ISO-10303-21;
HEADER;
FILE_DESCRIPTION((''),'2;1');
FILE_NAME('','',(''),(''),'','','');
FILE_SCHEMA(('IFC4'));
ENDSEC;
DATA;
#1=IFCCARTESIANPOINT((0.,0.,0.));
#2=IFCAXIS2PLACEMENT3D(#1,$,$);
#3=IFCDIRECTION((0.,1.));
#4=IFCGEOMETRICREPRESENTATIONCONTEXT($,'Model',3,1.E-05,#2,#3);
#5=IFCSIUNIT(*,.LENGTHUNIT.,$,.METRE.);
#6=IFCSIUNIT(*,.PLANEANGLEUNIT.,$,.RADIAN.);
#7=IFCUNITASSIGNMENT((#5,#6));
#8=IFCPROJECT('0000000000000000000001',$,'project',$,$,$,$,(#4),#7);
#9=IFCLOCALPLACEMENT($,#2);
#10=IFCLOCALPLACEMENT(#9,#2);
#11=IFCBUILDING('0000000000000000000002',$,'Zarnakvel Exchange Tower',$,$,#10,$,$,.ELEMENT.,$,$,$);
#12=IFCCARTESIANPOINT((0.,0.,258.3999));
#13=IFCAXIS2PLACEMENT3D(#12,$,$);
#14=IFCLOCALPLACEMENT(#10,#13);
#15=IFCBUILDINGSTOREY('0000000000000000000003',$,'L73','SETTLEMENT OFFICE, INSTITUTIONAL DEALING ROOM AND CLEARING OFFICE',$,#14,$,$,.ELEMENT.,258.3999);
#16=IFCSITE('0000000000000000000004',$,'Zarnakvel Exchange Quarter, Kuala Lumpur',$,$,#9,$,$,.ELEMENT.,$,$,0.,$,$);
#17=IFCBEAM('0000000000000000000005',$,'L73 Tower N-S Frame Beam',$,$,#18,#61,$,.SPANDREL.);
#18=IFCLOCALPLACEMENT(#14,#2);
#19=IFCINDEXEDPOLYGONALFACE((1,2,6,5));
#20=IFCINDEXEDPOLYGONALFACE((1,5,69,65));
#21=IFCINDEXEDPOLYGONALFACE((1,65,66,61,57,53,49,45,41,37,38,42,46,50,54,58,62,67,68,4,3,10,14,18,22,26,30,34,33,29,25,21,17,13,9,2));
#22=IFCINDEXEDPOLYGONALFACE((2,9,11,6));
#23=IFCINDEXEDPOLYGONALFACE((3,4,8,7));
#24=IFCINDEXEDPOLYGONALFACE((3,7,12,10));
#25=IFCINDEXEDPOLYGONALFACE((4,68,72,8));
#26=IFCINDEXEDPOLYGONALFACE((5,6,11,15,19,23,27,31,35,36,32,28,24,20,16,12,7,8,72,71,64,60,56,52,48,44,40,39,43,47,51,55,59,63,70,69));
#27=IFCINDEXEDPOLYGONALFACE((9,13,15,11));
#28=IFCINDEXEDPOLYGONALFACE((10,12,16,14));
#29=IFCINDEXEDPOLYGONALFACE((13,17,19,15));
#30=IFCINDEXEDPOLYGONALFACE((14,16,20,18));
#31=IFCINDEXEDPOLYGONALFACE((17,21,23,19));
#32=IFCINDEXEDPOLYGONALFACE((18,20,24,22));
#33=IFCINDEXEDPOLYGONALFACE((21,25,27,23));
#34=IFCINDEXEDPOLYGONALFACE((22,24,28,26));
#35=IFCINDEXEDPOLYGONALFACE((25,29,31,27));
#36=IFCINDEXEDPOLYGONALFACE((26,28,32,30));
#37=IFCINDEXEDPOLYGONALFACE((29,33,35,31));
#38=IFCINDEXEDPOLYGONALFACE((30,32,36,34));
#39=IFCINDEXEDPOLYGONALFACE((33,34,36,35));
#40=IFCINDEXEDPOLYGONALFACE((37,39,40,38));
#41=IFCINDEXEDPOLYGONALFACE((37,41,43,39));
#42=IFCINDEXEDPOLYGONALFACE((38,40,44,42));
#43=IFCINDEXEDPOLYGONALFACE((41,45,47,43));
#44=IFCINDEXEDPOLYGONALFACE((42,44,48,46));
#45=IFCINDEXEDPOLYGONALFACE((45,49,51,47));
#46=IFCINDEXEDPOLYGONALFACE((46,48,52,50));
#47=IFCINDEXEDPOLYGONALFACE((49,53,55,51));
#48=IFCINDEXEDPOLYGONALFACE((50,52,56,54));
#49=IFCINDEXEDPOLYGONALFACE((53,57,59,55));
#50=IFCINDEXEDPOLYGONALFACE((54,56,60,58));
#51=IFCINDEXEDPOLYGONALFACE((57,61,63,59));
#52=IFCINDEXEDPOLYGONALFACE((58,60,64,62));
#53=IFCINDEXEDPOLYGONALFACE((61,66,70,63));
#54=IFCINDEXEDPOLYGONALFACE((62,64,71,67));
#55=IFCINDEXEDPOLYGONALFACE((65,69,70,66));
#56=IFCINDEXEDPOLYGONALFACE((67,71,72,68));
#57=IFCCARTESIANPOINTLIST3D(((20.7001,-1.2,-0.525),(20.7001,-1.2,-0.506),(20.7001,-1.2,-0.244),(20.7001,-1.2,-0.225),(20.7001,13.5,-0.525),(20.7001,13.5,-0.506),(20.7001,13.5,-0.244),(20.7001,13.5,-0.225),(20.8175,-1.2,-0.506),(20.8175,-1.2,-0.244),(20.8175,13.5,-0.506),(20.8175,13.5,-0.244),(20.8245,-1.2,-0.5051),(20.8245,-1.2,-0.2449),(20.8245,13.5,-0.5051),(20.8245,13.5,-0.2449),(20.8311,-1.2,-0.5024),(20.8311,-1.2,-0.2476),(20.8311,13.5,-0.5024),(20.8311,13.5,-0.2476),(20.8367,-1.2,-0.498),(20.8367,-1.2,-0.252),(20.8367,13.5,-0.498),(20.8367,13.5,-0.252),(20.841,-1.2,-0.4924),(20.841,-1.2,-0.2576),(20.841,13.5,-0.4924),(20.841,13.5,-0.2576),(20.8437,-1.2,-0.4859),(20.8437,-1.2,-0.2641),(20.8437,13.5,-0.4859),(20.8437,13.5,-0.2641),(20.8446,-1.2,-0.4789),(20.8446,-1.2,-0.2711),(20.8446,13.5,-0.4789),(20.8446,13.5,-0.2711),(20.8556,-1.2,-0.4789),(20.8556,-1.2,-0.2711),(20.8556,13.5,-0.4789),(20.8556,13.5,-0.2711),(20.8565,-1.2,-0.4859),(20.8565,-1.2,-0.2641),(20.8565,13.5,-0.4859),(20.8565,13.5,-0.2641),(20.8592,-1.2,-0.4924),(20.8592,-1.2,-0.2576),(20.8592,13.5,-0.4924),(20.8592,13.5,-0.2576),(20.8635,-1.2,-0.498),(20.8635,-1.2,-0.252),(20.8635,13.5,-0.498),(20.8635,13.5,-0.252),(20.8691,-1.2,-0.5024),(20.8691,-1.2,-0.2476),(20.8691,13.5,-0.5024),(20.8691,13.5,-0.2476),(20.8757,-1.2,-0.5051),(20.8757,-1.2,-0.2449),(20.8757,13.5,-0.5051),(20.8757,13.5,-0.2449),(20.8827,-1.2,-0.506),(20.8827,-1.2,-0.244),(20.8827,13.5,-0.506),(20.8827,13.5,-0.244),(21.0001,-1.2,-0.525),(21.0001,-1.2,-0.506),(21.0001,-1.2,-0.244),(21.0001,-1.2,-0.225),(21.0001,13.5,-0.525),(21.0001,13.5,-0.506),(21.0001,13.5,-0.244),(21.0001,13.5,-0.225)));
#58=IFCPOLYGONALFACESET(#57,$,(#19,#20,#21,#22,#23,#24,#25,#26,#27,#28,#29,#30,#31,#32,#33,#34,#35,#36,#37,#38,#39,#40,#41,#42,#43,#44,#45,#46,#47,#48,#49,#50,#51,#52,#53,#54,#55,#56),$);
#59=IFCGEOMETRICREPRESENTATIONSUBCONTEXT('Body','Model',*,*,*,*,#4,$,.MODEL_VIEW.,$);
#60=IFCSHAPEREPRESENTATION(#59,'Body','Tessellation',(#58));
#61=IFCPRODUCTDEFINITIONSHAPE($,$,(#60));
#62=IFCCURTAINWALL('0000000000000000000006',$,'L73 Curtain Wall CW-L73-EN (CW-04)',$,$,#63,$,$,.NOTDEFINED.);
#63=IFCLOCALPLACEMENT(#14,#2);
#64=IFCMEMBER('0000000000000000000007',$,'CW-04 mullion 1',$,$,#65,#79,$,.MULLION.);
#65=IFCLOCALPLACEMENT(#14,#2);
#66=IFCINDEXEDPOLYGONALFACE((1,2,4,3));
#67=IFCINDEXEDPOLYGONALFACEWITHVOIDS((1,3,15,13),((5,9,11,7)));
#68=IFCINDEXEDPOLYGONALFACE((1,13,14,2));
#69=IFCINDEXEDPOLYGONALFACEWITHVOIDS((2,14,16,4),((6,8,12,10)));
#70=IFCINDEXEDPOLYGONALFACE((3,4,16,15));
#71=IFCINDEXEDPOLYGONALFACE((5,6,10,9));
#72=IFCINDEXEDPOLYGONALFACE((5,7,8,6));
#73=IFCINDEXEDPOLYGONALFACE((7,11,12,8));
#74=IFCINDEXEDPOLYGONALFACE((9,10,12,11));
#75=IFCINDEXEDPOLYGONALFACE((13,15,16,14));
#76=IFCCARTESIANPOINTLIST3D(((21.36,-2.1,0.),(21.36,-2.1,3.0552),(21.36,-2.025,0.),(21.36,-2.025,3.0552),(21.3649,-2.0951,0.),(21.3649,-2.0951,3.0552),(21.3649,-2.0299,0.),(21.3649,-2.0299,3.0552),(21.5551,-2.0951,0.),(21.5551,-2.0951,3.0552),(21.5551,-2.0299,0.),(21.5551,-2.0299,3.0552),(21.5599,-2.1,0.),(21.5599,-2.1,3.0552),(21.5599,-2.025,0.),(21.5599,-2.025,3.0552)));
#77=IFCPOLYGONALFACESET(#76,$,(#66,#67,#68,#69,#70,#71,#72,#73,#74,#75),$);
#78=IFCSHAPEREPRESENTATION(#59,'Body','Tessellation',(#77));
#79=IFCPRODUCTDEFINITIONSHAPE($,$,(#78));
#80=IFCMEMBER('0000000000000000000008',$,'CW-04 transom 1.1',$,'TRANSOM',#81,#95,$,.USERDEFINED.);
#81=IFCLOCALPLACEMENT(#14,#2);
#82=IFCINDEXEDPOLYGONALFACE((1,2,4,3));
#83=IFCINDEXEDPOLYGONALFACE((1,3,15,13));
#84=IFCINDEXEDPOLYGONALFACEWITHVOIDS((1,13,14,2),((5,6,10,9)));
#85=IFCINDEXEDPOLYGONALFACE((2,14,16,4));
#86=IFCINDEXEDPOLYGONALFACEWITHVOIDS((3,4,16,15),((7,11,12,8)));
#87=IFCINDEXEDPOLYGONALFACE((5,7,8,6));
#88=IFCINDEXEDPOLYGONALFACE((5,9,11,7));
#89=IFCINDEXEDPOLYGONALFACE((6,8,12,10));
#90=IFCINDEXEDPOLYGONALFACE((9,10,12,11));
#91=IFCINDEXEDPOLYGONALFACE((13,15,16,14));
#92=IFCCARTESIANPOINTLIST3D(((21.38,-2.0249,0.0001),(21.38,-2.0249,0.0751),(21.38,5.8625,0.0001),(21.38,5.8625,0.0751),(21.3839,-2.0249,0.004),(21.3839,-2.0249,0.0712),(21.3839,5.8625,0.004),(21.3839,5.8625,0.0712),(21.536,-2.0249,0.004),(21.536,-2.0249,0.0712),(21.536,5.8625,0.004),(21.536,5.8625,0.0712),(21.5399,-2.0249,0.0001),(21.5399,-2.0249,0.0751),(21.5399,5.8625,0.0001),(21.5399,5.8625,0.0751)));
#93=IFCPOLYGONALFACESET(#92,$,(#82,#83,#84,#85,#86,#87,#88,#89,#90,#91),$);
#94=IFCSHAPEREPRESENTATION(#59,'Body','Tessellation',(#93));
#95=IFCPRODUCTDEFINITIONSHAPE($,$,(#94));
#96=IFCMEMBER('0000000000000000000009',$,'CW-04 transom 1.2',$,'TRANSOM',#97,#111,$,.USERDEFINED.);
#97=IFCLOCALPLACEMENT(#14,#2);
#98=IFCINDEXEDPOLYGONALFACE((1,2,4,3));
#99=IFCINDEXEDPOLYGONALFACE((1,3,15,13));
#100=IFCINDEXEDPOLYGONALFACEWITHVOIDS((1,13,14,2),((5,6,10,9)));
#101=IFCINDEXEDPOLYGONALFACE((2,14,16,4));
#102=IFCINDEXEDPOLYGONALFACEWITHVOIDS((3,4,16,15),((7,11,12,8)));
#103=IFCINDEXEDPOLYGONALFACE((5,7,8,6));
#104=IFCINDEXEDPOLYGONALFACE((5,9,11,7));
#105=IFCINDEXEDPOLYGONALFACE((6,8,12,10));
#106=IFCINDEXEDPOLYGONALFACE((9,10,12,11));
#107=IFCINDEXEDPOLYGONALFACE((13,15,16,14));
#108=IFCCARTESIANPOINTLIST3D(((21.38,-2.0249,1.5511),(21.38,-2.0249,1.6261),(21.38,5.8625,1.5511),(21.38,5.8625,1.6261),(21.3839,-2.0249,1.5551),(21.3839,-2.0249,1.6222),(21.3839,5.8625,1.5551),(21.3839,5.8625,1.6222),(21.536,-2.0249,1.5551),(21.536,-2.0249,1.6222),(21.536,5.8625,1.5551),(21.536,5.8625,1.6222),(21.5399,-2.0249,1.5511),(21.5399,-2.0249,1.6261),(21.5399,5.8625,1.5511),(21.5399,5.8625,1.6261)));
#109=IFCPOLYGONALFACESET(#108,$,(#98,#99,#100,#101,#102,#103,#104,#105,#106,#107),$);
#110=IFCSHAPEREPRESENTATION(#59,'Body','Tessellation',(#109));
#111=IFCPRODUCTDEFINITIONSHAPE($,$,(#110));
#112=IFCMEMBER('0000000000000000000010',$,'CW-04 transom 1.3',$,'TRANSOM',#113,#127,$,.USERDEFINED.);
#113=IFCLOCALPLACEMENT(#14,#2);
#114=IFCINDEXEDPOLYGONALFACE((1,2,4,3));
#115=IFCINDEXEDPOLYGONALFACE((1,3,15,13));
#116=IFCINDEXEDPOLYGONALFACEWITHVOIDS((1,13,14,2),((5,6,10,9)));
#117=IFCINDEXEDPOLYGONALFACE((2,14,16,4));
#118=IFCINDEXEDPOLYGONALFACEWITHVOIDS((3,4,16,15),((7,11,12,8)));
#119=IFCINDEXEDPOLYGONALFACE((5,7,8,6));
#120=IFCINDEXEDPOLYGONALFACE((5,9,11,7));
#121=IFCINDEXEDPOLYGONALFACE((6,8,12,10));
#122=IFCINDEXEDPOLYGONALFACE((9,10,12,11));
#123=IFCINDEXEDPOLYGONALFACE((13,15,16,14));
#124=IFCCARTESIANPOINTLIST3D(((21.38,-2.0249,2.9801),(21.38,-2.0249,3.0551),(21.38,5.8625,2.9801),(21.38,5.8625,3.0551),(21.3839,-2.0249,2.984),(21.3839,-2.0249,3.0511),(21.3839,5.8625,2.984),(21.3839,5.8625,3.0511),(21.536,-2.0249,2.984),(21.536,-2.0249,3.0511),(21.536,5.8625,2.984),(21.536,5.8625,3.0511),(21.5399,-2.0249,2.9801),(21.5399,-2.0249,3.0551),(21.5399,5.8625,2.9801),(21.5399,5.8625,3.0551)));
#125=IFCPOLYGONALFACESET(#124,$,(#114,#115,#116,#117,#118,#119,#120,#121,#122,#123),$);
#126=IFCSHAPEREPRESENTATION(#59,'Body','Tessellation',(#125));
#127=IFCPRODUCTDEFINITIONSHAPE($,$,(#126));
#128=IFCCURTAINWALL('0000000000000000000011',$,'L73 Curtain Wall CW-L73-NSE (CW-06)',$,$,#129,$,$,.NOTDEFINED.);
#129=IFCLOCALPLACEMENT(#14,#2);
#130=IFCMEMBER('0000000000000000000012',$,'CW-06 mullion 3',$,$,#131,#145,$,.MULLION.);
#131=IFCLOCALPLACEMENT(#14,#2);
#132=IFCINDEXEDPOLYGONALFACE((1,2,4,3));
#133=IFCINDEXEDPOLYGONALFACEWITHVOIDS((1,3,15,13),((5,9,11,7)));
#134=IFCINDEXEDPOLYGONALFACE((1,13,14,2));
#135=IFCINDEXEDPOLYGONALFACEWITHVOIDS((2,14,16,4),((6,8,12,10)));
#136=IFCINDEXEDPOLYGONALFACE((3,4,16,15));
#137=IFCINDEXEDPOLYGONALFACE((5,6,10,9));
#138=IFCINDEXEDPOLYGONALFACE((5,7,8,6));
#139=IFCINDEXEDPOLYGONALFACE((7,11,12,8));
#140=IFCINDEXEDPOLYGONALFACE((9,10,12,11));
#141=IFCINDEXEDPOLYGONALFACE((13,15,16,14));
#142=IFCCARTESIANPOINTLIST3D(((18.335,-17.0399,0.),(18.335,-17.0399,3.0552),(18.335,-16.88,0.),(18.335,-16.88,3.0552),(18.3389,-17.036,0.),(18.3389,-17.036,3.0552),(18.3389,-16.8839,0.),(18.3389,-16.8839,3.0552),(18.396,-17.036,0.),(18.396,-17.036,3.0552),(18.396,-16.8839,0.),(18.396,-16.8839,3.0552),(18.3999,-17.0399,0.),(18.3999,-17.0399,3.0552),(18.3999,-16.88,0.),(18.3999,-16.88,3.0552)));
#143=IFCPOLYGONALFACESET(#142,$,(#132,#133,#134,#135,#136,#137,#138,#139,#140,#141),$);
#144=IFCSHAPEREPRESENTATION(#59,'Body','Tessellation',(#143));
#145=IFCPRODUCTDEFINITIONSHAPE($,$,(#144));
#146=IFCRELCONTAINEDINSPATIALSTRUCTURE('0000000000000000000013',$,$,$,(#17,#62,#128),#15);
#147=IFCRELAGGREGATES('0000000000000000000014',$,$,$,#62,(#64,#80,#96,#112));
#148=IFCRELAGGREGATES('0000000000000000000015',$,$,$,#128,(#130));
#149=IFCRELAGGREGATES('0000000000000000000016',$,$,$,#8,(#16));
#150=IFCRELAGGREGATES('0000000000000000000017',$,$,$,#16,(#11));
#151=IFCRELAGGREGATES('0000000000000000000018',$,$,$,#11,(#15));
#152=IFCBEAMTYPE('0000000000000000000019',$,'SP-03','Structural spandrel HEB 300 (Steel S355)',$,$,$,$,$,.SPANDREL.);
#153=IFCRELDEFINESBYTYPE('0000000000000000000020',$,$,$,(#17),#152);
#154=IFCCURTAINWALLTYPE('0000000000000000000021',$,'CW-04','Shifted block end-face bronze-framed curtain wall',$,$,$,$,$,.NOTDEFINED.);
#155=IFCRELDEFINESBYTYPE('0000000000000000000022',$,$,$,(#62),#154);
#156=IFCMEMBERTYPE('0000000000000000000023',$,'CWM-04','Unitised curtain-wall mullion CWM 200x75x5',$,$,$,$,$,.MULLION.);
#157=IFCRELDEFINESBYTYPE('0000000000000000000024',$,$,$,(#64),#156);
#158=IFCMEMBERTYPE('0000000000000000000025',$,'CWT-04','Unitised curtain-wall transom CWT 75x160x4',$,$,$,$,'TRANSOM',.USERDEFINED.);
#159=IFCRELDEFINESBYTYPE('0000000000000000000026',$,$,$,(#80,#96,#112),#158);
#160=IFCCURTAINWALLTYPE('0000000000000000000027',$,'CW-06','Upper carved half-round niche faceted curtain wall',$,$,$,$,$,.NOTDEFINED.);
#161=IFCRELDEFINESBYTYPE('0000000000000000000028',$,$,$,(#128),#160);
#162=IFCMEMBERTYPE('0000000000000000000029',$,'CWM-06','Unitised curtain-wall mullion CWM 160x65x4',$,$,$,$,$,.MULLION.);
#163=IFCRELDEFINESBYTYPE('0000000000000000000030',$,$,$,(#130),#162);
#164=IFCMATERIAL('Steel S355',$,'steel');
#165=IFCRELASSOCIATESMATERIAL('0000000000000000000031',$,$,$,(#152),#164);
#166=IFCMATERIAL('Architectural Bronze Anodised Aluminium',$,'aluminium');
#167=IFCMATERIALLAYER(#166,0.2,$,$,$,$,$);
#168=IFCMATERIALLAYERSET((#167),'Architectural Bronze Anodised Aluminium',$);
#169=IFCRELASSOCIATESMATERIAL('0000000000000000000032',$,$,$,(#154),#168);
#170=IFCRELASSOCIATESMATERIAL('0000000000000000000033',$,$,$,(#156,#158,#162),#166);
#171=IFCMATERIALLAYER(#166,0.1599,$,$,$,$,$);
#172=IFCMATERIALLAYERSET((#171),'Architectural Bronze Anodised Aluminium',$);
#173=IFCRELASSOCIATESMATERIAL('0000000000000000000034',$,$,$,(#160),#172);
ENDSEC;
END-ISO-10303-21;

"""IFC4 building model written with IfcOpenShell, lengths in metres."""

from ifc_helpers import new_model, si_unit, direction, frame, origin, origin_2d, place, context, subcontext, project, spatial, hollow_rectangle, i_section, extrude, source, transform, mapped, material, layer, layer_set, material_profile, profile_set, type_object, element, aggregate, save


model = new_model("IFC4")

# Units and contexts
model_context = context("Model", 3, precision=1e-05, world=origin(), true_north=direction((0.0, 1.0)))
body_context = subcontext(model_context, "Body", "Model", "MODEL_VIEW")
ifc_project = project(units=[si_unit("LENGTHUNIT", "METRE"), si_unit("PLANEANGLEUNIT", "RADIAN")], contexts=[model_context])

# Site, building, storey
site_placement = place(None, origin())
site = spatial("IfcSite", under=ifc_project, at=site_placement, Name="Zarnakvel Exchange Quarter, Kuala Lumpur", CompositionType="ELEMENT", RefElevation=0.0)
building_placement = place(site_placement, origin())
building = spatial("IfcBuilding", under=site, at=building_placement, Name="Zarnakvel Exchange Tower", CompositionType="ELEMENT")
storey_placement = place(building_placement, frame((0.0, 0.0, 258.3999)))
storey = spatial("IfcBuildingStorey", under=building, at=storey_placement, Name="L73", Description="SETTLEMENT OFFICE, INSTITUTIONAL DEALING ROOM AND CLEARING OFFICE", CompositionType="ELEMENT", Elevation=258.3999)

# Shared definitions
ifc_material_1 = material(Name="Steel S355", Category="steel")

# Beam
ifc_material_profile_1 = material_profile(ifc_material_1, i_section(OverallWidth=0.3, OverallDepth=0.3, WebThickness=0.011, FlangeThickness=0.019, FilletRadius=0.0271, at=origin_2d()))
ifc_profile_set_1 = profile_set([ifc_material_profile_1], Name="Steel S355")
beam_type_1 = type_object("IfcBeamType", Name="SP-03", Description="Structural spandrel HEB 300 (Steel S355)", PredefinedType="SPANDREL", material=ifc_profile_set_1)
beam_1_placement = place(storey_placement, frame((20.8501, -1.2, -0.375), z_axis=(0.0, 1.0, 0.0), x_axis=(-1.0, 0.0, 0.0)))
element("IfcBeam", 1, at=beam_1_placement, inside=storey, type_object=beam_type_1, Name="L73 Tower N-S Frame Beam", PredefinedType="SPANDREL", context=body_context, shape_type="SweptSolid", body=[
    extrude(i_section(OverallWidth=0.3, OverallDepth=0.3, WebThickness=0.011, FlangeThickness=0.019, FilletRadius=0.0271, at=origin_2d()), origin(), (0.0, 0.0, 1.0), 14.7),
])

# Curtain wall, members
ifc_material_2 = material(Name="Architectural Bronze Anodised Aluminium", Category="aluminium")
ifc_layer_1 = layer(ifc_material_2, 0.2)
ifc_layer_set_1 = layer_set([ifc_layer_1], Name="Architectural Bronze Anodised Aluminium")
curtain_wall_type_1 = type_object("IfcCurtainWallType", Name="CW-04", Description="Shifted block end-face bronze-framed curtain wall", PredefinedType="NOTDEFINED", material=ifc_layer_set_1)
curtain_wall_1_placement = place(storey_placement, origin())
curtain_wall_1 = element("IfcCurtainWall", 2, at=curtain_wall_1_placement, inside=storey, type_object=curtain_wall_type_1, Name="L73 Curtain Wall CW-L73-EN (CW-04)", PredefinedType="NOTDEFINED")
ifc_material_profile_2 = material_profile(ifc_material_2, hollow_rectangle(XDim=0.2, YDim=0.075, WallThickness=0.0049, at=origin_2d()))
ifc_profile_set_2 = profile_set([ifc_material_profile_2], Name="Architectural Bronze Anodised Aluminium")
member_type_1 = type_object("IfcMemberType", Name="CWM-04", Description="Unitised curtain-wall mullion CWM 200x75x5", PredefinedType="MULLION", material=ifc_profile_set_2)
shared_shape_1 = source(origin(), body_context, "Body", "SweptSolid", [
    extrude(hollow_rectangle(XDim=0.2, YDim=0.075, WallThickness=0.0049, at=origin_2d()), origin(), (0.0, 0.0, 1.0), 3.0552),
])
member_1_placement = place(storey_placement, frame((21.46, -2.0625, 0.0), z_axis=(0.0, 0.0, 1.0), x_axis=(-1.0, 0.0, 0.0)))
member_1 = element("IfcMember", 3, at=member_1_placement, type_object=member_type_1, Name="CW-04 mullion 1", PredefinedType="MULLION", context=body_context, shape_type="MappedRepresentation", body=[
    mapped(shared_shape_1, transform((0.0, 0.0, 0.0), x_axis=(1.0, 0.0, 0.0), y_axis=(0.0, 1.0, 0.0), z_axis=(0.0, 0.0, 1.0), scale=1.0)),
])
ifc_material_profile_3 = material_profile(ifc_material_2, hollow_rectangle(XDim=0.1599, YDim=0.075, WallThickness=0.0039, at=origin_2d()))
ifc_profile_set_3 = profile_set([ifc_material_profile_3], Name="Architectural Bronze Anodised Aluminium")
member_type_2 = type_object("IfcMemberType", Name="CWT-04", Description="Unitised curtain-wall transom CWT 75x160x4", ElementType="TRANSOM", PredefinedType="USERDEFINED", material=ifc_profile_set_3)
shared_shape_2 = source(origin(), body_context, "Body", "SweptSolid", [
    extrude(hollow_rectangle(XDim=0.1599, YDim=0.075, WallThickness=0.0039, at=origin_2d()), origin(), (0.0, 0.0, 1.0), 7.8875),
])
member_2_placement = place(storey_placement, frame((21.46, -2.0249, 0.0376), z_axis=(0.0, 1.0, 0.0), x_axis=(-1.0, 0.0, 0.0)))
member_2 = element("IfcMember", 4, at=member_2_placement, type_object=member_type_2, Name="CW-04 transom 1.1", ObjectType="TRANSOM", PredefinedType="USERDEFINED", context=body_context, shape_type="MappedRepresentation", body=[
    mapped(shared_shape_2, transform((0.0, 0.0, 0.0), x_axis=(1.0, 0.0, 0.0), y_axis=(0.0, 1.0, 0.0), z_axis=(0.0, 0.0, 1.0), scale=1.0)),
])
member_3_placement = place(storey_placement, frame((21.46, -2.0249, 1.5886), z_axis=(0.0, 1.0, 0.0), x_axis=(-1.0, 0.0, 0.0)))
member_3 = element("IfcMember", 5, at=member_3_placement, type_object=member_type_2, Name="CW-04 transom 1.2", ObjectType="TRANSOM", PredefinedType="USERDEFINED", context=body_context, shape_type="MappedRepresentation", body=[
    mapped(shared_shape_2, transform((0.0, 0.0, 0.0), x_axis=(1.0, 0.0, 0.0), y_axis=(0.0, 1.0, 0.0), z_axis=(0.0, 0.0, 1.0), scale=1.0)),
])
member_4_placement = place(storey_placement, frame((21.46, -2.0249, 3.0176), z_axis=(0.0, 1.0, 0.0), x_axis=(-1.0, 0.0, 0.0)))
member_4 = element("IfcMember", 6, at=member_4_placement, type_object=member_type_2, Name="CW-04 transom 1.3", ObjectType="TRANSOM", PredefinedType="USERDEFINED", context=body_context, shape_type="MappedRepresentation", body=[
    mapped(shared_shape_2, transform((0.0, 0.0, 0.0), x_axis=(1.0, 0.0, 0.0), y_axis=(0.0, 1.0, 0.0), z_axis=(0.0, 0.0, 1.0), scale=1.0)),
])
aggregate(curtain_wall_1, [member_1, member_2, member_3, member_4])

# Curtain wall, member
ifc_layer_2 = layer(ifc_material_2, 0.1599)
ifc_layer_set_2 = layer_set([ifc_layer_2], Name="Architectural Bronze Anodised Aluminium")
curtain_wall_type_2 = type_object("IfcCurtainWallType", Name="CW-06", Description="Upper carved half-round niche faceted curtain wall", PredefinedType="NOTDEFINED", material=ifc_layer_set_2)
curtain_wall_2_placement = place(storey_placement, origin())
curtain_wall_2 = element("IfcCurtainWall", 7, at=curtain_wall_2_placement, inside=storey, type_object=curtain_wall_type_2, Name="L73 Curtain Wall CW-L73-NSE (CW-06)", PredefinedType="NOTDEFINED")
ifc_material_profile_4 = material_profile(ifc_material_2, hollow_rectangle(XDim=0.1599, YDim=0.0649, WallThickness=0.0039, at=origin_2d()))
ifc_profile_set_4 = profile_set([ifc_material_profile_4], Name="Architectural Bronze Anodised Aluminium")
member_type_3 = type_object("IfcMemberType", Name="CWM-06", Description="Unitised curtain-wall mullion CWM 160x65x4", PredefinedType="MULLION", material=ifc_profile_set_4)
shared_shape_3 = source(origin(), body_context, "Body", "SweptSolid", [
    extrude(hollow_rectangle(XDim=0.1599, YDim=0.0649, WallThickness=0.0039, at=origin_2d()), origin(), (0.0, 0.0, 1.0), 3.0552),
])
member_5_placement = place(storey_placement, frame((18.3674, -16.96, 0.0), z_axis=(0.0, 0.0, 1.0), x_axis=(0.0, 1.0, 0.0)))
member_5 = element("IfcMember", 8, at=member_5_placement, type_object=member_type_3, Name="CW-06 mullion 3", PredefinedType="MULLION", context=body_context, shape_type="MappedRepresentation", body=[
    mapped(shared_shape_3, transform((0.0, 0.0, 0.0), x_axis=(1.0, 0.0, 0.0), y_axis=(0.0, 1.0, 0.0), z_axis=(0.0, 0.0, 1.0), scale=1.0)),
])
aggregate(curtain_wall_2, [member_5])

save(model, "model.ifc")
